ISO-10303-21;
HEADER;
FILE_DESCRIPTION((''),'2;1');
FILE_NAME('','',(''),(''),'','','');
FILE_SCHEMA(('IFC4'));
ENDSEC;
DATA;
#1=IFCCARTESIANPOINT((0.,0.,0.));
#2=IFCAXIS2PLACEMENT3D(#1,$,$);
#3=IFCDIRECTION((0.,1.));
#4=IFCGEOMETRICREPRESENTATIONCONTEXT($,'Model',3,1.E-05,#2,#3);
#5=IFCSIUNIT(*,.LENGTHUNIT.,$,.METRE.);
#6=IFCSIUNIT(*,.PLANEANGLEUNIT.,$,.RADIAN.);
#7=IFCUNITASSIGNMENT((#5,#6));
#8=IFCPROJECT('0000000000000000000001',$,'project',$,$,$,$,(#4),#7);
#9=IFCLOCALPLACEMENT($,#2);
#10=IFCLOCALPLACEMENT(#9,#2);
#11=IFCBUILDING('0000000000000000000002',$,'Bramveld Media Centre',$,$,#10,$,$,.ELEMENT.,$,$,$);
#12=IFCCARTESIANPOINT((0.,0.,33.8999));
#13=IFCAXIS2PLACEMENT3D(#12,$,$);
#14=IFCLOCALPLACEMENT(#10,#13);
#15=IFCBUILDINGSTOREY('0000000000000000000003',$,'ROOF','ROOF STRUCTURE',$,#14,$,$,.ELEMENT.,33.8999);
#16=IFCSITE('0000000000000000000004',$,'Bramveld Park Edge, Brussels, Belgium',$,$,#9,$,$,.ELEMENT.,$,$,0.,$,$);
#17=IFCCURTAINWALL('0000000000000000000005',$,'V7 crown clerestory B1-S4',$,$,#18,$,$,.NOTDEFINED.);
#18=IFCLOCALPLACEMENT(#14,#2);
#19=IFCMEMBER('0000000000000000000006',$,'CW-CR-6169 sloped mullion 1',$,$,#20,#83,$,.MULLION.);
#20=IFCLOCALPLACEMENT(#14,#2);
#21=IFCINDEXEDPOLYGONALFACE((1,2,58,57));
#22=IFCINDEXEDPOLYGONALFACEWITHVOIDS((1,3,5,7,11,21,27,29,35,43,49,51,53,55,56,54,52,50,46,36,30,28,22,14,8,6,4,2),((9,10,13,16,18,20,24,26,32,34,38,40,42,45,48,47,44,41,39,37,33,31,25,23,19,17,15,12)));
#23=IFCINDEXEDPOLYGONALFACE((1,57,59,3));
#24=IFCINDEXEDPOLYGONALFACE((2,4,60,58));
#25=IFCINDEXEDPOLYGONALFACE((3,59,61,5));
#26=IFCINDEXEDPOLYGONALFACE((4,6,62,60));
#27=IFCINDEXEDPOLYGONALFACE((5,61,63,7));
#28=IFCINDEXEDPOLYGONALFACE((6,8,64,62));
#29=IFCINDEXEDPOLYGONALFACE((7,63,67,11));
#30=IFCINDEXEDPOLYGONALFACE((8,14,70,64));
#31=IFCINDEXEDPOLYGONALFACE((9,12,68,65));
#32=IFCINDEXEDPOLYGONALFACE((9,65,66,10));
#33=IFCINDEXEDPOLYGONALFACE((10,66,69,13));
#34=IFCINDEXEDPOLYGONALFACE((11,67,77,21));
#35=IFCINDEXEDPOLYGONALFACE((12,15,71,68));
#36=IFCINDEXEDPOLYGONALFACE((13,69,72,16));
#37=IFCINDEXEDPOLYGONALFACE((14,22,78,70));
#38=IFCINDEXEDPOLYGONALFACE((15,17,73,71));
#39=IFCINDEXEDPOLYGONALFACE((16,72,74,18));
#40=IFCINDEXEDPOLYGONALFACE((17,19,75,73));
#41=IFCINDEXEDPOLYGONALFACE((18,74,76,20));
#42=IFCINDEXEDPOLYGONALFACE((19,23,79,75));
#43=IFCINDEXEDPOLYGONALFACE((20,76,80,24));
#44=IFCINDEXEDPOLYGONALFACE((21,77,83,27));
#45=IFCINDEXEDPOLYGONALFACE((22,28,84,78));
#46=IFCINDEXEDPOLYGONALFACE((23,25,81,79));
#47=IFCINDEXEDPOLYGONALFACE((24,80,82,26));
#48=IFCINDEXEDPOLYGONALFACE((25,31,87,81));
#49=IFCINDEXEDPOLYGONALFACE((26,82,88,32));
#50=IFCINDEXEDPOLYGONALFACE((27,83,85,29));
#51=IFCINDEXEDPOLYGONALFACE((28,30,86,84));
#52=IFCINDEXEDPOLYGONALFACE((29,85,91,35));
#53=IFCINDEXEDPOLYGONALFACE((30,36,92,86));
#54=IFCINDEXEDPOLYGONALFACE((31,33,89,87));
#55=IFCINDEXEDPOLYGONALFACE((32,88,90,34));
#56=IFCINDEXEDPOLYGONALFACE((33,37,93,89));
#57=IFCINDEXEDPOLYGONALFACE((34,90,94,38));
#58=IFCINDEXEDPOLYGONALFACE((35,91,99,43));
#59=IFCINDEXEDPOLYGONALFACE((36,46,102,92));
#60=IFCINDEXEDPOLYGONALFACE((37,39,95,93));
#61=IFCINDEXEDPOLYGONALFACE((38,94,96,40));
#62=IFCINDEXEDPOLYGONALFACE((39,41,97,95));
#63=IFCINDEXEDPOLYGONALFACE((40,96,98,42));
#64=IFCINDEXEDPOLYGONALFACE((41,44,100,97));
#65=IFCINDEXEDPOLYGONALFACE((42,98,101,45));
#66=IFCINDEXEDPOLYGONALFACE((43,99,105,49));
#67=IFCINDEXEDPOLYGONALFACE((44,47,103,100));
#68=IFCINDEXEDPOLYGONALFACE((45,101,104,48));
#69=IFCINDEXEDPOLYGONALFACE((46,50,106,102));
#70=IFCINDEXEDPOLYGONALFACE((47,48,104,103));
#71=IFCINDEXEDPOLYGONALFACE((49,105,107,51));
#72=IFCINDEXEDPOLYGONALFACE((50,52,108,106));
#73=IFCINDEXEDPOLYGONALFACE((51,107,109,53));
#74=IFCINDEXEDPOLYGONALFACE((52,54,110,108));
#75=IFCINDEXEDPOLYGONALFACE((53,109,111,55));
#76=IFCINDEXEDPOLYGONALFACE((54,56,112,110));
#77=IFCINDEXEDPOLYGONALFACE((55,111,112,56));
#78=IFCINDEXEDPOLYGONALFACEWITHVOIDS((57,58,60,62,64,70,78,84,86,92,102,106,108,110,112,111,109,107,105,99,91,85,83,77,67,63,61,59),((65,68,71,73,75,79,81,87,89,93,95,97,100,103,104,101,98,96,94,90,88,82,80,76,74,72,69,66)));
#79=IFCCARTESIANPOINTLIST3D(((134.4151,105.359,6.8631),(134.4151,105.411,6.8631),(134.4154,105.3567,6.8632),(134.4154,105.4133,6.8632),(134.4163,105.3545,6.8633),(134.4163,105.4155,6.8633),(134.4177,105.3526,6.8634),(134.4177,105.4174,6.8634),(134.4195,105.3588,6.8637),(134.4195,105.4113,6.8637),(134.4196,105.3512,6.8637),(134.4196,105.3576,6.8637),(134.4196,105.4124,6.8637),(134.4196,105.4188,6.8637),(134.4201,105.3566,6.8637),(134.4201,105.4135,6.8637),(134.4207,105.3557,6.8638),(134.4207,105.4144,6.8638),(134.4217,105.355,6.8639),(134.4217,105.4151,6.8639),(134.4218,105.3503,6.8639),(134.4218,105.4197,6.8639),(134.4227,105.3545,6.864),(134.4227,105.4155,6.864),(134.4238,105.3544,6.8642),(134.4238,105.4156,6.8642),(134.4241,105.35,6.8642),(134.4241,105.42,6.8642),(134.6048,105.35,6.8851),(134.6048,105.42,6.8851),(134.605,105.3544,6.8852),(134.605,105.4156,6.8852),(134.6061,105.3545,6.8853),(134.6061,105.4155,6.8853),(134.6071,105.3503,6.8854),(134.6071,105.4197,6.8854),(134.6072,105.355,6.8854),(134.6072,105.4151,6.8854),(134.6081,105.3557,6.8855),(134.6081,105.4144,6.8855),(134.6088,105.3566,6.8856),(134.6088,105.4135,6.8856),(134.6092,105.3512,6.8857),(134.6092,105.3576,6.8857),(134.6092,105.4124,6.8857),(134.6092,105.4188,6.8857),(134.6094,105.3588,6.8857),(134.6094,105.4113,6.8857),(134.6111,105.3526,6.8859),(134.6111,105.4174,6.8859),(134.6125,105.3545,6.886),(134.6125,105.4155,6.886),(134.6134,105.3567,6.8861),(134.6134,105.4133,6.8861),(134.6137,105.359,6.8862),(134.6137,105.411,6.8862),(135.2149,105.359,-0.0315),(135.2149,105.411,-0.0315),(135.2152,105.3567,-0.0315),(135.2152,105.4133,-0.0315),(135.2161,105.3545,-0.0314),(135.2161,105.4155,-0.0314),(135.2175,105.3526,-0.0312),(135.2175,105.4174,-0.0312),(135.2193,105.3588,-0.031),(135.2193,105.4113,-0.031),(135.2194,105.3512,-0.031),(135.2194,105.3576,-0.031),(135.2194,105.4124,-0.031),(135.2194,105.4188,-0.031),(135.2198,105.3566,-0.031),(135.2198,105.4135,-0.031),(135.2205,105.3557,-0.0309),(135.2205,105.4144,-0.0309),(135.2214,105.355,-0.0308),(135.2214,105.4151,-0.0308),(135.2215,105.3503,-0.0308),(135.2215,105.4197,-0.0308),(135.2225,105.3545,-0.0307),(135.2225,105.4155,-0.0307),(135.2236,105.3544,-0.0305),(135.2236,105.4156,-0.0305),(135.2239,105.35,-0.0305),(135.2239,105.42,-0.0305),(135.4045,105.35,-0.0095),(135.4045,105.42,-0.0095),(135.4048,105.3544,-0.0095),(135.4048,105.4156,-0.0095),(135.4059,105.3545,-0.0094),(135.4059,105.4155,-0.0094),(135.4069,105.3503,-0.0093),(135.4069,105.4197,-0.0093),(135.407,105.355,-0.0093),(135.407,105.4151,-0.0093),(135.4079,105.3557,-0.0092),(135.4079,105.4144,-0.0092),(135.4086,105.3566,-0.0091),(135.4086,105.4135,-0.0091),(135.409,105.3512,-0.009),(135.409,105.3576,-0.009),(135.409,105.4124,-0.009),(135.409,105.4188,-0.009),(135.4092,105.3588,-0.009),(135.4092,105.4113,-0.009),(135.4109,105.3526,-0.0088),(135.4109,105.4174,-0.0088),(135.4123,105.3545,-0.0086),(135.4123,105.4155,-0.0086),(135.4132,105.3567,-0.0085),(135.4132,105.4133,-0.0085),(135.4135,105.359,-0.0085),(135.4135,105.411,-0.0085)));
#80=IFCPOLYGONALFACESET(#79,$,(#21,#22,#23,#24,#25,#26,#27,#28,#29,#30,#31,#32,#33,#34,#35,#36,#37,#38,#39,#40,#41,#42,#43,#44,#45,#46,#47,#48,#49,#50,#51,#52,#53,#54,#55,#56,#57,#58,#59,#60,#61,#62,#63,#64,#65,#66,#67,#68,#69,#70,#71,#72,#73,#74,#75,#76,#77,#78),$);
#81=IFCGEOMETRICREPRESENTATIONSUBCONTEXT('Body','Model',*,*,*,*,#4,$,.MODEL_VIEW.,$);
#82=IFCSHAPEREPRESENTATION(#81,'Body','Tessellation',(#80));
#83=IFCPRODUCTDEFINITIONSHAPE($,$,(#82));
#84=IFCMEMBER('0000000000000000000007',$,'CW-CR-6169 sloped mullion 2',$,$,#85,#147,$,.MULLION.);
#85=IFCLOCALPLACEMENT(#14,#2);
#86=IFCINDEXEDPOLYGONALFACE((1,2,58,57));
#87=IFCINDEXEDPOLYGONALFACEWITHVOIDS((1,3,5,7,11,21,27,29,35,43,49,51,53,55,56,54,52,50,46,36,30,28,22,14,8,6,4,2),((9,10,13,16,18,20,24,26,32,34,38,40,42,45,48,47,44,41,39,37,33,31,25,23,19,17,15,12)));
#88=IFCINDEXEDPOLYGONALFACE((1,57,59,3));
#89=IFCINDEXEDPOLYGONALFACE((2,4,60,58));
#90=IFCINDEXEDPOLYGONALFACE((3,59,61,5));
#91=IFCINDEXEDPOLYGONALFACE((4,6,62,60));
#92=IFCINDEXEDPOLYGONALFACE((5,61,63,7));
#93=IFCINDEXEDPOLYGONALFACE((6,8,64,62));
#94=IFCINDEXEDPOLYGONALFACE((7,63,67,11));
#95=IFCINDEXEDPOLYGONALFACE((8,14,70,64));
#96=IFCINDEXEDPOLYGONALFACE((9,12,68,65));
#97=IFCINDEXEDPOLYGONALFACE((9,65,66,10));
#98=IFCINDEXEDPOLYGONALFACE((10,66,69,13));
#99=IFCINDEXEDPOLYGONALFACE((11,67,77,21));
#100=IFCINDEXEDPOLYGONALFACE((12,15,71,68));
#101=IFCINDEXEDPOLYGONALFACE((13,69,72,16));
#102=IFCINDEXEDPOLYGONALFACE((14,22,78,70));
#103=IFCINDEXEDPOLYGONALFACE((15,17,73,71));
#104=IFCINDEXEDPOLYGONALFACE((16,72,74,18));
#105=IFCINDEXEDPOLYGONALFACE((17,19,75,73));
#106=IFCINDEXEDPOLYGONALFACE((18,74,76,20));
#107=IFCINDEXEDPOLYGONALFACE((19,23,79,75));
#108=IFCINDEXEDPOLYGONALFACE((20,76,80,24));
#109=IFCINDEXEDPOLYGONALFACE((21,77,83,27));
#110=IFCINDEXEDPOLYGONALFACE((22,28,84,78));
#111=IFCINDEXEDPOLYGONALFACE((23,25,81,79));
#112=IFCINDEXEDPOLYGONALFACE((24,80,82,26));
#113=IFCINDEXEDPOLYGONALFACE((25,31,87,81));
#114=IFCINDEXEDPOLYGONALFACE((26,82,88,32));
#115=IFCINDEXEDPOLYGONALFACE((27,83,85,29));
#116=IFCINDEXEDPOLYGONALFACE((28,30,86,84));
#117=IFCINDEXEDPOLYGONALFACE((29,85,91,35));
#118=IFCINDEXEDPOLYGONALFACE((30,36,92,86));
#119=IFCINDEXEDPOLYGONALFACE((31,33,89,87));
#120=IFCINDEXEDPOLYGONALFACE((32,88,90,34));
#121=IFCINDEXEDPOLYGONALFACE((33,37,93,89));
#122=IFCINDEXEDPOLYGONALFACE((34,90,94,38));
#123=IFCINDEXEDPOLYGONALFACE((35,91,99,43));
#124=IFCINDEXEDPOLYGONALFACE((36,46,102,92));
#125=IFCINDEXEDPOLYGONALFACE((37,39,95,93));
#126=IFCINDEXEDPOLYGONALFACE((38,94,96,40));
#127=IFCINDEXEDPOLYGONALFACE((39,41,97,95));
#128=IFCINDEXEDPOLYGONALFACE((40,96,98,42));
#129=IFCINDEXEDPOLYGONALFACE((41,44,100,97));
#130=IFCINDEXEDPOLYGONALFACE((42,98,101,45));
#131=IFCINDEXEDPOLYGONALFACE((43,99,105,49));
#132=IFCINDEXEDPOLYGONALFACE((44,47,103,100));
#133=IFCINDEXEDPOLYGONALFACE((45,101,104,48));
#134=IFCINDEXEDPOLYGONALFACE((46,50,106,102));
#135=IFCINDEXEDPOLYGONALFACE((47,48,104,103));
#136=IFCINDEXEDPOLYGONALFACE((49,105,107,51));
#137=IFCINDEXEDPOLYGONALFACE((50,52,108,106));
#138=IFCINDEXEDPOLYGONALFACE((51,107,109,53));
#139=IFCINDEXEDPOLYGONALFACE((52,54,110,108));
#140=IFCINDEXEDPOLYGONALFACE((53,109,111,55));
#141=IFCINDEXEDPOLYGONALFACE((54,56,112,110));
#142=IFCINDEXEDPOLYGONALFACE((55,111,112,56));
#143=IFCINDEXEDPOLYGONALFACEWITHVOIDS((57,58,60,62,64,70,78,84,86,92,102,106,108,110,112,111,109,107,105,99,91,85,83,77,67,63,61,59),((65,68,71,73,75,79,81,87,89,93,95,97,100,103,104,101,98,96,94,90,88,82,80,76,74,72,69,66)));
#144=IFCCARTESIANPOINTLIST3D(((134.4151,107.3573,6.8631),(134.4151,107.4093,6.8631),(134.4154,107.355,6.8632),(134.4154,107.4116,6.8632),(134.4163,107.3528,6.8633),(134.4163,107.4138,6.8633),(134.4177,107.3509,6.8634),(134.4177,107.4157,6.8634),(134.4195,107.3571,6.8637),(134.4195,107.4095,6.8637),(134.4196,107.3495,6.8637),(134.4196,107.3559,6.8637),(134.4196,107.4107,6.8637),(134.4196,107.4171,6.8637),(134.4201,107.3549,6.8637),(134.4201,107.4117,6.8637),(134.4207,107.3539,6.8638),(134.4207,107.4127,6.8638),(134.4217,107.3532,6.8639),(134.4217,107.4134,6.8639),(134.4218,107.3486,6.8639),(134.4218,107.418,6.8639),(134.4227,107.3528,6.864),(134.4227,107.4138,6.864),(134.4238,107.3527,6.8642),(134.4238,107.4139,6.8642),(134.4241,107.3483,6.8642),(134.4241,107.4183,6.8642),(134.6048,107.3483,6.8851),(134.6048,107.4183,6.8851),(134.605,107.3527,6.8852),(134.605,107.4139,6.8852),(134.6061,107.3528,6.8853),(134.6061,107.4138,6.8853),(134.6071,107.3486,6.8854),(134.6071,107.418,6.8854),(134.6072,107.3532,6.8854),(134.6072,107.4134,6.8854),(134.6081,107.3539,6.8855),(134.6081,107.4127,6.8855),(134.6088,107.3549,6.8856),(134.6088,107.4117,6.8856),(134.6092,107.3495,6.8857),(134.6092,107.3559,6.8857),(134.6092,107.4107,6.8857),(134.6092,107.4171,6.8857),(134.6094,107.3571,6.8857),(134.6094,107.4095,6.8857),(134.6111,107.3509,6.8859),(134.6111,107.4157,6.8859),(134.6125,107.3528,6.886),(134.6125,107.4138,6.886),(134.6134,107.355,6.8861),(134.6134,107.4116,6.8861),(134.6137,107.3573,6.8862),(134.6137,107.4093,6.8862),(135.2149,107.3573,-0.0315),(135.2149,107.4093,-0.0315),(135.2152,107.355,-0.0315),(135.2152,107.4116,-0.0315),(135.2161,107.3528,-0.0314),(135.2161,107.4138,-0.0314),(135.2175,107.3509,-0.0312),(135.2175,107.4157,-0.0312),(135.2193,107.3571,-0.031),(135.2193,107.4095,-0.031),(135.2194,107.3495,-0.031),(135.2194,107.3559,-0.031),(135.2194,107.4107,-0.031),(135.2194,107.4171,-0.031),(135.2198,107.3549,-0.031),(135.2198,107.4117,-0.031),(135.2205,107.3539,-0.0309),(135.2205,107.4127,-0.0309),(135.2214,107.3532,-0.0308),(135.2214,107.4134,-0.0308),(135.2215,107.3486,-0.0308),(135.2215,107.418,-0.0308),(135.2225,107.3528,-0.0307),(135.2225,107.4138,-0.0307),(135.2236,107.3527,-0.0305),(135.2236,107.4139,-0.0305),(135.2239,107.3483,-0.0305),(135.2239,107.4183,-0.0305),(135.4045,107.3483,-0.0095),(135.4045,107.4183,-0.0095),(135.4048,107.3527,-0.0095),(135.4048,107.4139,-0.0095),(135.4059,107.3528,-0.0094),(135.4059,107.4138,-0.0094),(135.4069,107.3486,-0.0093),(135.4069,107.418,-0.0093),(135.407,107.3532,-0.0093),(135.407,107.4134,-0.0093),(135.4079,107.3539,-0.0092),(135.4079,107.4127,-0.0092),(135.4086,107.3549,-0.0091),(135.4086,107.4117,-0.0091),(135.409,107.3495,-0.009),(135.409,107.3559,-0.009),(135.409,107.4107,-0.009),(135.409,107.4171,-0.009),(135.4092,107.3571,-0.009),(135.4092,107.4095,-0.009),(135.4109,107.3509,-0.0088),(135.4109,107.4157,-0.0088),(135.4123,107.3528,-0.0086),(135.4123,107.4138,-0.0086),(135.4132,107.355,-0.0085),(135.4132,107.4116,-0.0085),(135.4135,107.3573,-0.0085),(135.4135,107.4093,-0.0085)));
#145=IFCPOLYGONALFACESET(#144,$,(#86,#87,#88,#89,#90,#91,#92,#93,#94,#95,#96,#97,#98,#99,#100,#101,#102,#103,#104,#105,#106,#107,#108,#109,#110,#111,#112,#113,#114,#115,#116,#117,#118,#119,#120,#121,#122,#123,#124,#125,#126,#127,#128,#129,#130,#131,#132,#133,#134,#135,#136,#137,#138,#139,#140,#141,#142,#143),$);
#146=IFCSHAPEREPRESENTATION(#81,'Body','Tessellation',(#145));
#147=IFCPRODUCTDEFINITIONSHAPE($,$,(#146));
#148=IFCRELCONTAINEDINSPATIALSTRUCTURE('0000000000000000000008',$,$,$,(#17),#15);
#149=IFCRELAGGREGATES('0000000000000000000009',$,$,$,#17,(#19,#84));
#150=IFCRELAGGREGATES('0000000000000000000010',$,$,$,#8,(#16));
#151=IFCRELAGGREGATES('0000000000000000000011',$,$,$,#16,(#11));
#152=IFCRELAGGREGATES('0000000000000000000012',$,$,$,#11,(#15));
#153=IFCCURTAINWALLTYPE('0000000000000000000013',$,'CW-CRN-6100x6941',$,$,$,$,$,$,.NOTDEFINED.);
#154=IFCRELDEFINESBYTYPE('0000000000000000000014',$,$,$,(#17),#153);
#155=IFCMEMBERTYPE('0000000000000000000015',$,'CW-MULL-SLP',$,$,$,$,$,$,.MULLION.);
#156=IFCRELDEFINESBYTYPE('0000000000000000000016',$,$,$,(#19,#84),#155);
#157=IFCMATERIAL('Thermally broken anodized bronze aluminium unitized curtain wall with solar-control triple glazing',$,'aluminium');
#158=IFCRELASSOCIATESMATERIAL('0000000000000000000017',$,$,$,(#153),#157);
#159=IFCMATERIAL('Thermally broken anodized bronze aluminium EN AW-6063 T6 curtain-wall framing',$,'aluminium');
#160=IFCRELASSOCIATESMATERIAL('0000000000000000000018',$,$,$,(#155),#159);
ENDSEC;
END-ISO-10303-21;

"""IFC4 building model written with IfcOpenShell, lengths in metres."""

from ifc_helpers import new_model, si_unit, direction, frame, origin, origin_2d, place, context, subcontext, project, spatial, hollow_rectangle, extrude, material, material_profile, profile_set, type_object, element, aggregate, save


model = new_model("IFC4")

# Units and contexts
model_context = context("Model", 3, precision=1e-05, world=origin(), true_north=direction((0.0, 1.0)))
body_context = subcontext(model_context, "Body", "Model", "MODEL_VIEW")
ifc_project = project(units=[si_unit("LENGTHUNIT", "METRE"), si_unit("PLANEANGLEUNIT", "RADIAN")], contexts=[model_context])

# Site, building, storey
site_placement = place(None, origin())
site = spatial("IfcSite", under=ifc_project, at=site_placement, Name="Bramveld Park Edge, Brussels, Belgium", CompositionType="ELEMENT", RefElevation=0.0)
building_placement = place(site_placement, origin())
building = spatial("IfcBuilding", under=site, at=building_placement, Name="Bramveld Media Centre", CompositionType="ELEMENT")
storey_placement = place(building_placement, frame((0.0, 0.0, 33.8999)))
storey = spatial("IfcBuildingStorey", under=building, at=storey_placement, Name="ROOF", Description="ROOF STRUCTURE", CompositionType="ELEMENT", Elevation=33.8999)

# Curtain wall, members
ifc_material_1 = material(Name="Thermally broken anodized bronze aluminium unitized curtain wall with solar-control triple glazing", Category="aluminium")
curtain_wall_type = type_object("IfcCurtainWallType", Name="CW-CRN-6100x6941", PredefinedType="NOTDEFINED", material=ifc_material_1)
curtain_wall_placement = place(storey_placement, origin())
curtain_wall = element("IfcCurtainWall", 1, at=curtain_wall_placement, inside=storey, type_object=curtain_wall_type, Name="V7 crown clerestory B1-S4", PredefinedType="NOTDEFINED")
ifc_material_2 = material(Name="Thermally broken anodized bronze aluminium EN AW-6063 T6 curtain-wall framing", Category="aluminium")
ifc_material_profile_1 = material_profile(ifc_material_2, hollow_rectangle(XDim=0.0701, YDim=0.2, WallThickness=0.0044, InnerFilletRadius=0.0044, OuterFilletRadius=0.009, at=origin_2d()), Name="AL-MULL 70x200")
ifc_profile_set_1 = profile_set([ifc_material_profile_1], Name="Thermally broken anodized bronze aluminium EN AW-6063 T6 curtain-wall framing")
member_type_1 = type_object("IfcMemberType", Name="CW-MULL-SLP", PredefinedType="MULLION", material=ifc_profile_set_1)
member_1_placement = place(storey_placement, frame((135.3142, 105.385, -0.02), z_axis=(-0.115229, 0.0, 0.993339), x_axis=(0.0, -1.0, 0.0)))
member_1 = element("IfcMember", 2, at=member_1_placement, type_object=member_type_1, Name="CW-CR-6169 sloped mullion 1", PredefinedType="MULLION", context=body_context, shape_type="SweptSolid", body=[
    extrude(hollow_rectangle(XDim=0.0701, YDim=0.2, WallThickness=0.0044, InnerFilletRadius=0.0044, OuterFilletRadius=0.009, at=origin_2d()), origin(), (0.0, 0.0, 1.0), 6.9409),
])
member_2_placement = place(storey_placement, frame((135.3142, 107.3833, -0.02), z_axis=(-0.115229, 0.0, 0.993339), x_axis=(0.0, -1.0, 0.0)))
member_2 = element("IfcMember", 3, at=member_2_placement, type_object=member_type_1, Name="CW-CR-6169 sloped mullion 2", PredefinedType="MULLION", context=body_context, shape_type="SweptSolid", body=[
    extrude(hollow_rectangle(XDim=0.0701, YDim=0.2, WallThickness=0.0044, InnerFilletRadius=0.0044, OuterFilletRadius=0.009, at=origin_2d()), origin(), (0.0, 0.0, 1.0), 6.9409),
])

aggregate(curtain_wall, [member_1, member_2])

save(model, "model.ifc")
